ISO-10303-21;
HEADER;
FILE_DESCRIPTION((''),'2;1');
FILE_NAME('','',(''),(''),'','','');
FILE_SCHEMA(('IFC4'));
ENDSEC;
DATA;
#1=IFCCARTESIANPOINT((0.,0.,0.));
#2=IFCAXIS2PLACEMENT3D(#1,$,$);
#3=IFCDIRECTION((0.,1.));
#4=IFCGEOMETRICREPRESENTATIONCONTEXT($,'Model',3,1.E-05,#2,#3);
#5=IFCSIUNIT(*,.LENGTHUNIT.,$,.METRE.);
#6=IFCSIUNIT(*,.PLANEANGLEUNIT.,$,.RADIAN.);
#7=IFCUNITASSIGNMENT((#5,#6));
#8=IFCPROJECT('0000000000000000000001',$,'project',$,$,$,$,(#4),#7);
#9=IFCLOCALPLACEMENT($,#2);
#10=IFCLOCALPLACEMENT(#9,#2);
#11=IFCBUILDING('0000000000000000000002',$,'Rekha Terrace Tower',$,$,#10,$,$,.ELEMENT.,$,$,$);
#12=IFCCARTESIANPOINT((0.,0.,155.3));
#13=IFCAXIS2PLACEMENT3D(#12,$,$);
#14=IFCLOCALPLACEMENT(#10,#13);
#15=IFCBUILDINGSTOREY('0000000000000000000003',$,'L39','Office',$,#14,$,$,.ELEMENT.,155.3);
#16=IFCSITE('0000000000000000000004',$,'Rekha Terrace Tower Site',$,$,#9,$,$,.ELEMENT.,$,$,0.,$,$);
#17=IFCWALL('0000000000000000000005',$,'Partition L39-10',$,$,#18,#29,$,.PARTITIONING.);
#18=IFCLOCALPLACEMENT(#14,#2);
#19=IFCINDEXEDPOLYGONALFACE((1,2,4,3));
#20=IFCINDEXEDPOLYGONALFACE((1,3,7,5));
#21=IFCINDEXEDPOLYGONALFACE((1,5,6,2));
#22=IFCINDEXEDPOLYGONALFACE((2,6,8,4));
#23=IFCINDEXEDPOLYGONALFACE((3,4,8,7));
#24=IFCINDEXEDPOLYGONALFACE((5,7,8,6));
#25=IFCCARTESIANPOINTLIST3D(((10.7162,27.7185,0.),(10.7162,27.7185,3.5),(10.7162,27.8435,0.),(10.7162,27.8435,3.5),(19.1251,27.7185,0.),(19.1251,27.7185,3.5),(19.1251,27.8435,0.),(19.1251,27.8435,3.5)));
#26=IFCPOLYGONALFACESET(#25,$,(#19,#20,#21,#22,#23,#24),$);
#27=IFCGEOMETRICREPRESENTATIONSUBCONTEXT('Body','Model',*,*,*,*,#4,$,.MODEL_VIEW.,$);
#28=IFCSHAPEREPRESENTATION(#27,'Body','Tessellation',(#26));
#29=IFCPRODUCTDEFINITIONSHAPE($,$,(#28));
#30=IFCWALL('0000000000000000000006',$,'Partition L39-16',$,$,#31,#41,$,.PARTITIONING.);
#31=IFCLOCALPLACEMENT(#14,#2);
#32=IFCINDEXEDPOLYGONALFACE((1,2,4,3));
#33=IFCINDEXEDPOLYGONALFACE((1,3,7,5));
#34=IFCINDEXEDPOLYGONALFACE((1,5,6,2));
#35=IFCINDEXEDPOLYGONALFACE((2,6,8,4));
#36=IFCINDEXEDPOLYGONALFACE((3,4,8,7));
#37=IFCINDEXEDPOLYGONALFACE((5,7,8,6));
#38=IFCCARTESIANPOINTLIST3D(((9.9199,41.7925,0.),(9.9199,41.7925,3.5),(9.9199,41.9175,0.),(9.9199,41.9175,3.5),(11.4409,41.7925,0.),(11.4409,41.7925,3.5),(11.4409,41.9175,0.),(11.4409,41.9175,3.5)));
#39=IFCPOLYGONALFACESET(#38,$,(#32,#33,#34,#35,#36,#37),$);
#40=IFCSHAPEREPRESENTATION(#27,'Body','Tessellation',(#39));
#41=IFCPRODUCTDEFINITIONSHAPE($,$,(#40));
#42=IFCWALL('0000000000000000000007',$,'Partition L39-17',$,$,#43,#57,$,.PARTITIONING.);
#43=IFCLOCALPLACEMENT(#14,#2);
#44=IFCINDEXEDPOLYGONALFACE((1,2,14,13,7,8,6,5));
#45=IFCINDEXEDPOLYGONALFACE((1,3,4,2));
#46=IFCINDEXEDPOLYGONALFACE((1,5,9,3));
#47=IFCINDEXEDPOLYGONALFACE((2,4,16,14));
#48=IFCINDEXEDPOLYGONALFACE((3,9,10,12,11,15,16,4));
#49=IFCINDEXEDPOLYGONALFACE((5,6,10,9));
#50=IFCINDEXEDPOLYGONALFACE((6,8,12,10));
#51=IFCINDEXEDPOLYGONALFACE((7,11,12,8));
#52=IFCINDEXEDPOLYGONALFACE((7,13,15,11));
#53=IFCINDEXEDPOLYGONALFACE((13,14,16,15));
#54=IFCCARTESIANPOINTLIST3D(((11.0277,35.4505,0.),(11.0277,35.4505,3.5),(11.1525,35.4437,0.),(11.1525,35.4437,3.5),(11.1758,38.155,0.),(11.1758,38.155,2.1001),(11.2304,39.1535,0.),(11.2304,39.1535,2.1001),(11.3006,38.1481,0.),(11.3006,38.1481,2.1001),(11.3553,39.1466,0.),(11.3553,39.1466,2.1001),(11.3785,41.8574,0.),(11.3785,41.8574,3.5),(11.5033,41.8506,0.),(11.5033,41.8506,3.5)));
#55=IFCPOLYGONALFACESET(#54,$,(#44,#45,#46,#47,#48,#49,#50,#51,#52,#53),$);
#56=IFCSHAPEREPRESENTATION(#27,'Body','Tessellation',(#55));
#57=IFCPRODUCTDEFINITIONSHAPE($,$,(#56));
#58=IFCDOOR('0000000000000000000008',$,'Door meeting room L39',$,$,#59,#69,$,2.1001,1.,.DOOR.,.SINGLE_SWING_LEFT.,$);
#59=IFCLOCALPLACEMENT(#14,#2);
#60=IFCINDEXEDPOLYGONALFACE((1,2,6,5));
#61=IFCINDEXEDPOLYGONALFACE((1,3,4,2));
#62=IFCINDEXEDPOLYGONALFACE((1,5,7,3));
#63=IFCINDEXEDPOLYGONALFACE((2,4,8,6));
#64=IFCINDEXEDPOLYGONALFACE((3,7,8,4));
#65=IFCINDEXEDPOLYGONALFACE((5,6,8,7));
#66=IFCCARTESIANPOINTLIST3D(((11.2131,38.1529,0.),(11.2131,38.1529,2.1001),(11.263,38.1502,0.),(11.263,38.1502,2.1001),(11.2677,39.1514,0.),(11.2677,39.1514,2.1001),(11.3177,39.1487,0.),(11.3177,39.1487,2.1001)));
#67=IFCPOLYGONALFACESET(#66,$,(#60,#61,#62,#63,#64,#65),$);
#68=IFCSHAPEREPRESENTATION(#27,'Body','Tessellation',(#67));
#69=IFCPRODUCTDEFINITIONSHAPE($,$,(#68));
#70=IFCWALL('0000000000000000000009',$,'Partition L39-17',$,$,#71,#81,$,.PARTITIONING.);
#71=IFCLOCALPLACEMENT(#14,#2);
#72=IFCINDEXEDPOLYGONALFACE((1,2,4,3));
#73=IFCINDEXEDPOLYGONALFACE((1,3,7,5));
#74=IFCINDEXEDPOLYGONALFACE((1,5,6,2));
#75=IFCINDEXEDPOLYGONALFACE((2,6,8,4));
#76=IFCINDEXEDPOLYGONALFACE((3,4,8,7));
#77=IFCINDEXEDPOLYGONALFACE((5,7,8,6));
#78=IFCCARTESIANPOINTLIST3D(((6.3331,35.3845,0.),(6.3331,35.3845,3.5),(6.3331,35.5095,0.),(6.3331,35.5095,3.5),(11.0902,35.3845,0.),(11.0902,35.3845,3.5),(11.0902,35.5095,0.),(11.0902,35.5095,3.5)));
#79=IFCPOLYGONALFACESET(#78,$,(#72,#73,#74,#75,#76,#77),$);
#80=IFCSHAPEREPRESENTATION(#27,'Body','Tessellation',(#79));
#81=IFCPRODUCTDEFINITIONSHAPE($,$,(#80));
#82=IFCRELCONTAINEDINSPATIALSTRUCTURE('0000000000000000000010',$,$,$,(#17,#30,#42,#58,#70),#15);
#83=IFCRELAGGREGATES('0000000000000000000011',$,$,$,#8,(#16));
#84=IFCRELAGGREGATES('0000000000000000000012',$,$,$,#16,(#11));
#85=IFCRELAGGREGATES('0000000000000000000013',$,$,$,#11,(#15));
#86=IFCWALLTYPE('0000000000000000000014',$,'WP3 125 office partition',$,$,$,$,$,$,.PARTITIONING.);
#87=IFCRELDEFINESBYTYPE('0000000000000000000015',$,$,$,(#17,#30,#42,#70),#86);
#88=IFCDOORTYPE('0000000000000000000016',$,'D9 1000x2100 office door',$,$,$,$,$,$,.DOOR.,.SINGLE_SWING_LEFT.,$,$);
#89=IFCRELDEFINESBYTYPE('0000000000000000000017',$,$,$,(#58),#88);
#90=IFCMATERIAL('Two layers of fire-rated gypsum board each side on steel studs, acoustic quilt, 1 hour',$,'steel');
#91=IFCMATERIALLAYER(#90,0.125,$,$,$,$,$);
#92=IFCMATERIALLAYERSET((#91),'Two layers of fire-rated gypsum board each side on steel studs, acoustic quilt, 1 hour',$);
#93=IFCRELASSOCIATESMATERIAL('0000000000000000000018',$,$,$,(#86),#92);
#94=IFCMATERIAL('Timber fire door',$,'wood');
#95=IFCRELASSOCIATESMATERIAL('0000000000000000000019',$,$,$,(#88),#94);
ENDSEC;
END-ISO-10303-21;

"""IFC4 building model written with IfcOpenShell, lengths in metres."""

from ifc_helpers import new_model, si_unit, direction, frame, frame_2d, origin, place, context, subcontext, project, spatial, rectangle, extrude, material, layer, layer_set, type_object, element, fill, save


model = new_model("IFC4")

# Units and contexts
model_context = context("Model", 3, precision=1e-05, world=origin(), true_north=direction((0.0, 1.0)))
body_context = subcontext(model_context, "Body", "Model", "MODEL_VIEW")
ifc_project = project(units=[si_unit("LENGTHUNIT", "METRE"), si_unit("PLANEANGLEUNIT", "RADIAN")], contexts=[model_context])

# Site, building, storey
site_placement = place(None, origin())
site = spatial("IfcSite", under=ifc_project, at=site_placement, Name="Rekha Terrace Tower Site", CompositionType="ELEMENT", RefElevation=0.0)
building_placement = place(site_placement, origin())
building = spatial("IfcBuilding", under=site, at=building_placement, Name="Rekha Terrace Tower", CompositionType="ELEMENT")
storey_placement = place(building_placement, frame((0.0, 0.0, 155.3)))
storey = spatial("IfcBuildingStorey", under=building, at=storey_placement, Name="L39", Description="Office", CompositionType="ELEMENT", Elevation=155.3)

# Walls
ifc_material_1 = material(Name="Two layers of fire-rated gypsum board each side on steel studs, acoustic quilt, 1 hour", Category="steel")
ifc_layer_1 = layer(ifc_material_1, 0.125)
ifc_layer_set_1 = layer_set([ifc_layer_1], Name="Two layers of fire-rated gypsum board each side on steel studs, acoustic quilt, 1 hour")
wall_type_1 = type_object("IfcWallType", Name="WP3 125 office partition", PredefinedType="PARTITIONING", material=ifc_layer_set_1)
wall_1_placement = place(storey_placement, frame((10.7161, 27.781, 0.0), z_axis=(0.0, 0.0, 1.0), x_axis=(1.0, 0.0, 0.0)))
element("IfcWall", 1, at=wall_1_placement, inside=storey, type_object=wall_type_1, Name="Partition L39-10", PredefinedType="PARTITIONING", context=body_context, shape_type="SweptSolid", body=[
    extrude(rectangle(XDim=8.4089, YDim=0.125, at=frame_2d((4.2046, 0.0))), origin(), (0.0, 0.0, 1.0), 3.5),
])
wall_2_placement = place(storey_placement, frame((11.4409, 41.855, 0.0), z_axis=(0.0, 0.0, 1.0), x_axis=(-1.0, 0.0, 0.0)))
element("IfcWall", 2, at=wall_2_placement, inside=storey, type_object=wall_type_1, Name="Partition L39-16", PredefinedType="PARTITIONING", context=body_context, shape_type="SweptSolid", body=[
    extrude(rectangle(XDim=1.521, YDim=0.125, at=frame_2d((0.7605, 0.0))), origin(), (0.0, 0.0, 1.0), 3.5),
])

# Wall, opening, door
wall_3_placement = place(storey_placement, frame((11.4409, 41.854, 0.0), z_axis=(0.0, 0.0, 1.0), x_axis=(-0.054676, -0.998504, 0.0)))
wall_3 = element("IfcWall", 3, at=wall_3_placement, inside=storey, type_object=wall_type_1, Name="Partition L39-17", PredefinedType="PARTITIONING", context=body_context, shape_type="SweptSolid", body=[
    extrude(rectangle(XDim=6.4165, YDim=0.125, at=frame_2d((3.2083, 0.0))), origin(), (0.0, 0.0, 1.0), 3.5),
])
opening_placement = place(wall_3_placement, frame((2.708, 0.0, 0.0)))
opening = element("IfcOpeningElement", 4, at=opening_placement, cuts=wall_3, PredefinedType="OPENING", context=body_context, shape_type="SweptSolid", body=[
    extrude(rectangle(XDim=1.0, YDim=2.1001, at=frame_2d((0.5, 1.05))), frame((0.0, 0.0725, 0.0), z_axis=(0.0, -1.0, 0.0), x_axis=(1.0, 0.0, 0.0)), (0.0, 0.0, 1.0), 0.145),
])
ifc_material_2 = material(Name="Timber fire door", Category="wood")
door_type = type_object("IfcDoorType", Name="D9 1000x2100 office door", OperationType="SINGLE_SWING_LEFT", PredefinedType="DOOR", material=ifc_material_2)
door_placement = place(opening_placement, origin())
door = element("IfcDoor", 5, at=door_placement, inside=storey, type_object=door_type, Name="Door meeting room L39", OperationType="SINGLE_SWING_LEFT", OverallHeight=2.1001, OverallWidth=1.0, PredefinedType="DOOR", context=body_context, shape_type="SweptSolid", body=[
    extrude(rectangle(XDim=1.0, YDim=2.1001, at=frame_2d((0.5, 1.05))), frame((0.0, 0.0249, 0.0), z_axis=(0.0, -1.0, 0.0), x_axis=(1.0, 0.0, 0.0)), (0.0, 0.0, 1.0), 0.05),
])
fill(opening, door)

# Wall
wall_4_placement = place(storey_placement, frame((11.0901, 35.447, 0.0), z_axis=(0.0, 0.0, 1.0), x_axis=(-1.0, 0.0, 0.0)))
element("IfcWall", 6, at=wall_4_placement, inside=storey, type_object=wall_type_1, Name="Partition L39-17", PredefinedType="PARTITIONING", context=body_context, shape_type="SweptSolid", body=[
    extrude(rectangle(XDim=4.7571, YDim=0.125, at=frame_2d((2.3784, 0.0))), origin(), (0.0, 0.0, 1.0), 3.5),
])

save(model, "model.ifc")
